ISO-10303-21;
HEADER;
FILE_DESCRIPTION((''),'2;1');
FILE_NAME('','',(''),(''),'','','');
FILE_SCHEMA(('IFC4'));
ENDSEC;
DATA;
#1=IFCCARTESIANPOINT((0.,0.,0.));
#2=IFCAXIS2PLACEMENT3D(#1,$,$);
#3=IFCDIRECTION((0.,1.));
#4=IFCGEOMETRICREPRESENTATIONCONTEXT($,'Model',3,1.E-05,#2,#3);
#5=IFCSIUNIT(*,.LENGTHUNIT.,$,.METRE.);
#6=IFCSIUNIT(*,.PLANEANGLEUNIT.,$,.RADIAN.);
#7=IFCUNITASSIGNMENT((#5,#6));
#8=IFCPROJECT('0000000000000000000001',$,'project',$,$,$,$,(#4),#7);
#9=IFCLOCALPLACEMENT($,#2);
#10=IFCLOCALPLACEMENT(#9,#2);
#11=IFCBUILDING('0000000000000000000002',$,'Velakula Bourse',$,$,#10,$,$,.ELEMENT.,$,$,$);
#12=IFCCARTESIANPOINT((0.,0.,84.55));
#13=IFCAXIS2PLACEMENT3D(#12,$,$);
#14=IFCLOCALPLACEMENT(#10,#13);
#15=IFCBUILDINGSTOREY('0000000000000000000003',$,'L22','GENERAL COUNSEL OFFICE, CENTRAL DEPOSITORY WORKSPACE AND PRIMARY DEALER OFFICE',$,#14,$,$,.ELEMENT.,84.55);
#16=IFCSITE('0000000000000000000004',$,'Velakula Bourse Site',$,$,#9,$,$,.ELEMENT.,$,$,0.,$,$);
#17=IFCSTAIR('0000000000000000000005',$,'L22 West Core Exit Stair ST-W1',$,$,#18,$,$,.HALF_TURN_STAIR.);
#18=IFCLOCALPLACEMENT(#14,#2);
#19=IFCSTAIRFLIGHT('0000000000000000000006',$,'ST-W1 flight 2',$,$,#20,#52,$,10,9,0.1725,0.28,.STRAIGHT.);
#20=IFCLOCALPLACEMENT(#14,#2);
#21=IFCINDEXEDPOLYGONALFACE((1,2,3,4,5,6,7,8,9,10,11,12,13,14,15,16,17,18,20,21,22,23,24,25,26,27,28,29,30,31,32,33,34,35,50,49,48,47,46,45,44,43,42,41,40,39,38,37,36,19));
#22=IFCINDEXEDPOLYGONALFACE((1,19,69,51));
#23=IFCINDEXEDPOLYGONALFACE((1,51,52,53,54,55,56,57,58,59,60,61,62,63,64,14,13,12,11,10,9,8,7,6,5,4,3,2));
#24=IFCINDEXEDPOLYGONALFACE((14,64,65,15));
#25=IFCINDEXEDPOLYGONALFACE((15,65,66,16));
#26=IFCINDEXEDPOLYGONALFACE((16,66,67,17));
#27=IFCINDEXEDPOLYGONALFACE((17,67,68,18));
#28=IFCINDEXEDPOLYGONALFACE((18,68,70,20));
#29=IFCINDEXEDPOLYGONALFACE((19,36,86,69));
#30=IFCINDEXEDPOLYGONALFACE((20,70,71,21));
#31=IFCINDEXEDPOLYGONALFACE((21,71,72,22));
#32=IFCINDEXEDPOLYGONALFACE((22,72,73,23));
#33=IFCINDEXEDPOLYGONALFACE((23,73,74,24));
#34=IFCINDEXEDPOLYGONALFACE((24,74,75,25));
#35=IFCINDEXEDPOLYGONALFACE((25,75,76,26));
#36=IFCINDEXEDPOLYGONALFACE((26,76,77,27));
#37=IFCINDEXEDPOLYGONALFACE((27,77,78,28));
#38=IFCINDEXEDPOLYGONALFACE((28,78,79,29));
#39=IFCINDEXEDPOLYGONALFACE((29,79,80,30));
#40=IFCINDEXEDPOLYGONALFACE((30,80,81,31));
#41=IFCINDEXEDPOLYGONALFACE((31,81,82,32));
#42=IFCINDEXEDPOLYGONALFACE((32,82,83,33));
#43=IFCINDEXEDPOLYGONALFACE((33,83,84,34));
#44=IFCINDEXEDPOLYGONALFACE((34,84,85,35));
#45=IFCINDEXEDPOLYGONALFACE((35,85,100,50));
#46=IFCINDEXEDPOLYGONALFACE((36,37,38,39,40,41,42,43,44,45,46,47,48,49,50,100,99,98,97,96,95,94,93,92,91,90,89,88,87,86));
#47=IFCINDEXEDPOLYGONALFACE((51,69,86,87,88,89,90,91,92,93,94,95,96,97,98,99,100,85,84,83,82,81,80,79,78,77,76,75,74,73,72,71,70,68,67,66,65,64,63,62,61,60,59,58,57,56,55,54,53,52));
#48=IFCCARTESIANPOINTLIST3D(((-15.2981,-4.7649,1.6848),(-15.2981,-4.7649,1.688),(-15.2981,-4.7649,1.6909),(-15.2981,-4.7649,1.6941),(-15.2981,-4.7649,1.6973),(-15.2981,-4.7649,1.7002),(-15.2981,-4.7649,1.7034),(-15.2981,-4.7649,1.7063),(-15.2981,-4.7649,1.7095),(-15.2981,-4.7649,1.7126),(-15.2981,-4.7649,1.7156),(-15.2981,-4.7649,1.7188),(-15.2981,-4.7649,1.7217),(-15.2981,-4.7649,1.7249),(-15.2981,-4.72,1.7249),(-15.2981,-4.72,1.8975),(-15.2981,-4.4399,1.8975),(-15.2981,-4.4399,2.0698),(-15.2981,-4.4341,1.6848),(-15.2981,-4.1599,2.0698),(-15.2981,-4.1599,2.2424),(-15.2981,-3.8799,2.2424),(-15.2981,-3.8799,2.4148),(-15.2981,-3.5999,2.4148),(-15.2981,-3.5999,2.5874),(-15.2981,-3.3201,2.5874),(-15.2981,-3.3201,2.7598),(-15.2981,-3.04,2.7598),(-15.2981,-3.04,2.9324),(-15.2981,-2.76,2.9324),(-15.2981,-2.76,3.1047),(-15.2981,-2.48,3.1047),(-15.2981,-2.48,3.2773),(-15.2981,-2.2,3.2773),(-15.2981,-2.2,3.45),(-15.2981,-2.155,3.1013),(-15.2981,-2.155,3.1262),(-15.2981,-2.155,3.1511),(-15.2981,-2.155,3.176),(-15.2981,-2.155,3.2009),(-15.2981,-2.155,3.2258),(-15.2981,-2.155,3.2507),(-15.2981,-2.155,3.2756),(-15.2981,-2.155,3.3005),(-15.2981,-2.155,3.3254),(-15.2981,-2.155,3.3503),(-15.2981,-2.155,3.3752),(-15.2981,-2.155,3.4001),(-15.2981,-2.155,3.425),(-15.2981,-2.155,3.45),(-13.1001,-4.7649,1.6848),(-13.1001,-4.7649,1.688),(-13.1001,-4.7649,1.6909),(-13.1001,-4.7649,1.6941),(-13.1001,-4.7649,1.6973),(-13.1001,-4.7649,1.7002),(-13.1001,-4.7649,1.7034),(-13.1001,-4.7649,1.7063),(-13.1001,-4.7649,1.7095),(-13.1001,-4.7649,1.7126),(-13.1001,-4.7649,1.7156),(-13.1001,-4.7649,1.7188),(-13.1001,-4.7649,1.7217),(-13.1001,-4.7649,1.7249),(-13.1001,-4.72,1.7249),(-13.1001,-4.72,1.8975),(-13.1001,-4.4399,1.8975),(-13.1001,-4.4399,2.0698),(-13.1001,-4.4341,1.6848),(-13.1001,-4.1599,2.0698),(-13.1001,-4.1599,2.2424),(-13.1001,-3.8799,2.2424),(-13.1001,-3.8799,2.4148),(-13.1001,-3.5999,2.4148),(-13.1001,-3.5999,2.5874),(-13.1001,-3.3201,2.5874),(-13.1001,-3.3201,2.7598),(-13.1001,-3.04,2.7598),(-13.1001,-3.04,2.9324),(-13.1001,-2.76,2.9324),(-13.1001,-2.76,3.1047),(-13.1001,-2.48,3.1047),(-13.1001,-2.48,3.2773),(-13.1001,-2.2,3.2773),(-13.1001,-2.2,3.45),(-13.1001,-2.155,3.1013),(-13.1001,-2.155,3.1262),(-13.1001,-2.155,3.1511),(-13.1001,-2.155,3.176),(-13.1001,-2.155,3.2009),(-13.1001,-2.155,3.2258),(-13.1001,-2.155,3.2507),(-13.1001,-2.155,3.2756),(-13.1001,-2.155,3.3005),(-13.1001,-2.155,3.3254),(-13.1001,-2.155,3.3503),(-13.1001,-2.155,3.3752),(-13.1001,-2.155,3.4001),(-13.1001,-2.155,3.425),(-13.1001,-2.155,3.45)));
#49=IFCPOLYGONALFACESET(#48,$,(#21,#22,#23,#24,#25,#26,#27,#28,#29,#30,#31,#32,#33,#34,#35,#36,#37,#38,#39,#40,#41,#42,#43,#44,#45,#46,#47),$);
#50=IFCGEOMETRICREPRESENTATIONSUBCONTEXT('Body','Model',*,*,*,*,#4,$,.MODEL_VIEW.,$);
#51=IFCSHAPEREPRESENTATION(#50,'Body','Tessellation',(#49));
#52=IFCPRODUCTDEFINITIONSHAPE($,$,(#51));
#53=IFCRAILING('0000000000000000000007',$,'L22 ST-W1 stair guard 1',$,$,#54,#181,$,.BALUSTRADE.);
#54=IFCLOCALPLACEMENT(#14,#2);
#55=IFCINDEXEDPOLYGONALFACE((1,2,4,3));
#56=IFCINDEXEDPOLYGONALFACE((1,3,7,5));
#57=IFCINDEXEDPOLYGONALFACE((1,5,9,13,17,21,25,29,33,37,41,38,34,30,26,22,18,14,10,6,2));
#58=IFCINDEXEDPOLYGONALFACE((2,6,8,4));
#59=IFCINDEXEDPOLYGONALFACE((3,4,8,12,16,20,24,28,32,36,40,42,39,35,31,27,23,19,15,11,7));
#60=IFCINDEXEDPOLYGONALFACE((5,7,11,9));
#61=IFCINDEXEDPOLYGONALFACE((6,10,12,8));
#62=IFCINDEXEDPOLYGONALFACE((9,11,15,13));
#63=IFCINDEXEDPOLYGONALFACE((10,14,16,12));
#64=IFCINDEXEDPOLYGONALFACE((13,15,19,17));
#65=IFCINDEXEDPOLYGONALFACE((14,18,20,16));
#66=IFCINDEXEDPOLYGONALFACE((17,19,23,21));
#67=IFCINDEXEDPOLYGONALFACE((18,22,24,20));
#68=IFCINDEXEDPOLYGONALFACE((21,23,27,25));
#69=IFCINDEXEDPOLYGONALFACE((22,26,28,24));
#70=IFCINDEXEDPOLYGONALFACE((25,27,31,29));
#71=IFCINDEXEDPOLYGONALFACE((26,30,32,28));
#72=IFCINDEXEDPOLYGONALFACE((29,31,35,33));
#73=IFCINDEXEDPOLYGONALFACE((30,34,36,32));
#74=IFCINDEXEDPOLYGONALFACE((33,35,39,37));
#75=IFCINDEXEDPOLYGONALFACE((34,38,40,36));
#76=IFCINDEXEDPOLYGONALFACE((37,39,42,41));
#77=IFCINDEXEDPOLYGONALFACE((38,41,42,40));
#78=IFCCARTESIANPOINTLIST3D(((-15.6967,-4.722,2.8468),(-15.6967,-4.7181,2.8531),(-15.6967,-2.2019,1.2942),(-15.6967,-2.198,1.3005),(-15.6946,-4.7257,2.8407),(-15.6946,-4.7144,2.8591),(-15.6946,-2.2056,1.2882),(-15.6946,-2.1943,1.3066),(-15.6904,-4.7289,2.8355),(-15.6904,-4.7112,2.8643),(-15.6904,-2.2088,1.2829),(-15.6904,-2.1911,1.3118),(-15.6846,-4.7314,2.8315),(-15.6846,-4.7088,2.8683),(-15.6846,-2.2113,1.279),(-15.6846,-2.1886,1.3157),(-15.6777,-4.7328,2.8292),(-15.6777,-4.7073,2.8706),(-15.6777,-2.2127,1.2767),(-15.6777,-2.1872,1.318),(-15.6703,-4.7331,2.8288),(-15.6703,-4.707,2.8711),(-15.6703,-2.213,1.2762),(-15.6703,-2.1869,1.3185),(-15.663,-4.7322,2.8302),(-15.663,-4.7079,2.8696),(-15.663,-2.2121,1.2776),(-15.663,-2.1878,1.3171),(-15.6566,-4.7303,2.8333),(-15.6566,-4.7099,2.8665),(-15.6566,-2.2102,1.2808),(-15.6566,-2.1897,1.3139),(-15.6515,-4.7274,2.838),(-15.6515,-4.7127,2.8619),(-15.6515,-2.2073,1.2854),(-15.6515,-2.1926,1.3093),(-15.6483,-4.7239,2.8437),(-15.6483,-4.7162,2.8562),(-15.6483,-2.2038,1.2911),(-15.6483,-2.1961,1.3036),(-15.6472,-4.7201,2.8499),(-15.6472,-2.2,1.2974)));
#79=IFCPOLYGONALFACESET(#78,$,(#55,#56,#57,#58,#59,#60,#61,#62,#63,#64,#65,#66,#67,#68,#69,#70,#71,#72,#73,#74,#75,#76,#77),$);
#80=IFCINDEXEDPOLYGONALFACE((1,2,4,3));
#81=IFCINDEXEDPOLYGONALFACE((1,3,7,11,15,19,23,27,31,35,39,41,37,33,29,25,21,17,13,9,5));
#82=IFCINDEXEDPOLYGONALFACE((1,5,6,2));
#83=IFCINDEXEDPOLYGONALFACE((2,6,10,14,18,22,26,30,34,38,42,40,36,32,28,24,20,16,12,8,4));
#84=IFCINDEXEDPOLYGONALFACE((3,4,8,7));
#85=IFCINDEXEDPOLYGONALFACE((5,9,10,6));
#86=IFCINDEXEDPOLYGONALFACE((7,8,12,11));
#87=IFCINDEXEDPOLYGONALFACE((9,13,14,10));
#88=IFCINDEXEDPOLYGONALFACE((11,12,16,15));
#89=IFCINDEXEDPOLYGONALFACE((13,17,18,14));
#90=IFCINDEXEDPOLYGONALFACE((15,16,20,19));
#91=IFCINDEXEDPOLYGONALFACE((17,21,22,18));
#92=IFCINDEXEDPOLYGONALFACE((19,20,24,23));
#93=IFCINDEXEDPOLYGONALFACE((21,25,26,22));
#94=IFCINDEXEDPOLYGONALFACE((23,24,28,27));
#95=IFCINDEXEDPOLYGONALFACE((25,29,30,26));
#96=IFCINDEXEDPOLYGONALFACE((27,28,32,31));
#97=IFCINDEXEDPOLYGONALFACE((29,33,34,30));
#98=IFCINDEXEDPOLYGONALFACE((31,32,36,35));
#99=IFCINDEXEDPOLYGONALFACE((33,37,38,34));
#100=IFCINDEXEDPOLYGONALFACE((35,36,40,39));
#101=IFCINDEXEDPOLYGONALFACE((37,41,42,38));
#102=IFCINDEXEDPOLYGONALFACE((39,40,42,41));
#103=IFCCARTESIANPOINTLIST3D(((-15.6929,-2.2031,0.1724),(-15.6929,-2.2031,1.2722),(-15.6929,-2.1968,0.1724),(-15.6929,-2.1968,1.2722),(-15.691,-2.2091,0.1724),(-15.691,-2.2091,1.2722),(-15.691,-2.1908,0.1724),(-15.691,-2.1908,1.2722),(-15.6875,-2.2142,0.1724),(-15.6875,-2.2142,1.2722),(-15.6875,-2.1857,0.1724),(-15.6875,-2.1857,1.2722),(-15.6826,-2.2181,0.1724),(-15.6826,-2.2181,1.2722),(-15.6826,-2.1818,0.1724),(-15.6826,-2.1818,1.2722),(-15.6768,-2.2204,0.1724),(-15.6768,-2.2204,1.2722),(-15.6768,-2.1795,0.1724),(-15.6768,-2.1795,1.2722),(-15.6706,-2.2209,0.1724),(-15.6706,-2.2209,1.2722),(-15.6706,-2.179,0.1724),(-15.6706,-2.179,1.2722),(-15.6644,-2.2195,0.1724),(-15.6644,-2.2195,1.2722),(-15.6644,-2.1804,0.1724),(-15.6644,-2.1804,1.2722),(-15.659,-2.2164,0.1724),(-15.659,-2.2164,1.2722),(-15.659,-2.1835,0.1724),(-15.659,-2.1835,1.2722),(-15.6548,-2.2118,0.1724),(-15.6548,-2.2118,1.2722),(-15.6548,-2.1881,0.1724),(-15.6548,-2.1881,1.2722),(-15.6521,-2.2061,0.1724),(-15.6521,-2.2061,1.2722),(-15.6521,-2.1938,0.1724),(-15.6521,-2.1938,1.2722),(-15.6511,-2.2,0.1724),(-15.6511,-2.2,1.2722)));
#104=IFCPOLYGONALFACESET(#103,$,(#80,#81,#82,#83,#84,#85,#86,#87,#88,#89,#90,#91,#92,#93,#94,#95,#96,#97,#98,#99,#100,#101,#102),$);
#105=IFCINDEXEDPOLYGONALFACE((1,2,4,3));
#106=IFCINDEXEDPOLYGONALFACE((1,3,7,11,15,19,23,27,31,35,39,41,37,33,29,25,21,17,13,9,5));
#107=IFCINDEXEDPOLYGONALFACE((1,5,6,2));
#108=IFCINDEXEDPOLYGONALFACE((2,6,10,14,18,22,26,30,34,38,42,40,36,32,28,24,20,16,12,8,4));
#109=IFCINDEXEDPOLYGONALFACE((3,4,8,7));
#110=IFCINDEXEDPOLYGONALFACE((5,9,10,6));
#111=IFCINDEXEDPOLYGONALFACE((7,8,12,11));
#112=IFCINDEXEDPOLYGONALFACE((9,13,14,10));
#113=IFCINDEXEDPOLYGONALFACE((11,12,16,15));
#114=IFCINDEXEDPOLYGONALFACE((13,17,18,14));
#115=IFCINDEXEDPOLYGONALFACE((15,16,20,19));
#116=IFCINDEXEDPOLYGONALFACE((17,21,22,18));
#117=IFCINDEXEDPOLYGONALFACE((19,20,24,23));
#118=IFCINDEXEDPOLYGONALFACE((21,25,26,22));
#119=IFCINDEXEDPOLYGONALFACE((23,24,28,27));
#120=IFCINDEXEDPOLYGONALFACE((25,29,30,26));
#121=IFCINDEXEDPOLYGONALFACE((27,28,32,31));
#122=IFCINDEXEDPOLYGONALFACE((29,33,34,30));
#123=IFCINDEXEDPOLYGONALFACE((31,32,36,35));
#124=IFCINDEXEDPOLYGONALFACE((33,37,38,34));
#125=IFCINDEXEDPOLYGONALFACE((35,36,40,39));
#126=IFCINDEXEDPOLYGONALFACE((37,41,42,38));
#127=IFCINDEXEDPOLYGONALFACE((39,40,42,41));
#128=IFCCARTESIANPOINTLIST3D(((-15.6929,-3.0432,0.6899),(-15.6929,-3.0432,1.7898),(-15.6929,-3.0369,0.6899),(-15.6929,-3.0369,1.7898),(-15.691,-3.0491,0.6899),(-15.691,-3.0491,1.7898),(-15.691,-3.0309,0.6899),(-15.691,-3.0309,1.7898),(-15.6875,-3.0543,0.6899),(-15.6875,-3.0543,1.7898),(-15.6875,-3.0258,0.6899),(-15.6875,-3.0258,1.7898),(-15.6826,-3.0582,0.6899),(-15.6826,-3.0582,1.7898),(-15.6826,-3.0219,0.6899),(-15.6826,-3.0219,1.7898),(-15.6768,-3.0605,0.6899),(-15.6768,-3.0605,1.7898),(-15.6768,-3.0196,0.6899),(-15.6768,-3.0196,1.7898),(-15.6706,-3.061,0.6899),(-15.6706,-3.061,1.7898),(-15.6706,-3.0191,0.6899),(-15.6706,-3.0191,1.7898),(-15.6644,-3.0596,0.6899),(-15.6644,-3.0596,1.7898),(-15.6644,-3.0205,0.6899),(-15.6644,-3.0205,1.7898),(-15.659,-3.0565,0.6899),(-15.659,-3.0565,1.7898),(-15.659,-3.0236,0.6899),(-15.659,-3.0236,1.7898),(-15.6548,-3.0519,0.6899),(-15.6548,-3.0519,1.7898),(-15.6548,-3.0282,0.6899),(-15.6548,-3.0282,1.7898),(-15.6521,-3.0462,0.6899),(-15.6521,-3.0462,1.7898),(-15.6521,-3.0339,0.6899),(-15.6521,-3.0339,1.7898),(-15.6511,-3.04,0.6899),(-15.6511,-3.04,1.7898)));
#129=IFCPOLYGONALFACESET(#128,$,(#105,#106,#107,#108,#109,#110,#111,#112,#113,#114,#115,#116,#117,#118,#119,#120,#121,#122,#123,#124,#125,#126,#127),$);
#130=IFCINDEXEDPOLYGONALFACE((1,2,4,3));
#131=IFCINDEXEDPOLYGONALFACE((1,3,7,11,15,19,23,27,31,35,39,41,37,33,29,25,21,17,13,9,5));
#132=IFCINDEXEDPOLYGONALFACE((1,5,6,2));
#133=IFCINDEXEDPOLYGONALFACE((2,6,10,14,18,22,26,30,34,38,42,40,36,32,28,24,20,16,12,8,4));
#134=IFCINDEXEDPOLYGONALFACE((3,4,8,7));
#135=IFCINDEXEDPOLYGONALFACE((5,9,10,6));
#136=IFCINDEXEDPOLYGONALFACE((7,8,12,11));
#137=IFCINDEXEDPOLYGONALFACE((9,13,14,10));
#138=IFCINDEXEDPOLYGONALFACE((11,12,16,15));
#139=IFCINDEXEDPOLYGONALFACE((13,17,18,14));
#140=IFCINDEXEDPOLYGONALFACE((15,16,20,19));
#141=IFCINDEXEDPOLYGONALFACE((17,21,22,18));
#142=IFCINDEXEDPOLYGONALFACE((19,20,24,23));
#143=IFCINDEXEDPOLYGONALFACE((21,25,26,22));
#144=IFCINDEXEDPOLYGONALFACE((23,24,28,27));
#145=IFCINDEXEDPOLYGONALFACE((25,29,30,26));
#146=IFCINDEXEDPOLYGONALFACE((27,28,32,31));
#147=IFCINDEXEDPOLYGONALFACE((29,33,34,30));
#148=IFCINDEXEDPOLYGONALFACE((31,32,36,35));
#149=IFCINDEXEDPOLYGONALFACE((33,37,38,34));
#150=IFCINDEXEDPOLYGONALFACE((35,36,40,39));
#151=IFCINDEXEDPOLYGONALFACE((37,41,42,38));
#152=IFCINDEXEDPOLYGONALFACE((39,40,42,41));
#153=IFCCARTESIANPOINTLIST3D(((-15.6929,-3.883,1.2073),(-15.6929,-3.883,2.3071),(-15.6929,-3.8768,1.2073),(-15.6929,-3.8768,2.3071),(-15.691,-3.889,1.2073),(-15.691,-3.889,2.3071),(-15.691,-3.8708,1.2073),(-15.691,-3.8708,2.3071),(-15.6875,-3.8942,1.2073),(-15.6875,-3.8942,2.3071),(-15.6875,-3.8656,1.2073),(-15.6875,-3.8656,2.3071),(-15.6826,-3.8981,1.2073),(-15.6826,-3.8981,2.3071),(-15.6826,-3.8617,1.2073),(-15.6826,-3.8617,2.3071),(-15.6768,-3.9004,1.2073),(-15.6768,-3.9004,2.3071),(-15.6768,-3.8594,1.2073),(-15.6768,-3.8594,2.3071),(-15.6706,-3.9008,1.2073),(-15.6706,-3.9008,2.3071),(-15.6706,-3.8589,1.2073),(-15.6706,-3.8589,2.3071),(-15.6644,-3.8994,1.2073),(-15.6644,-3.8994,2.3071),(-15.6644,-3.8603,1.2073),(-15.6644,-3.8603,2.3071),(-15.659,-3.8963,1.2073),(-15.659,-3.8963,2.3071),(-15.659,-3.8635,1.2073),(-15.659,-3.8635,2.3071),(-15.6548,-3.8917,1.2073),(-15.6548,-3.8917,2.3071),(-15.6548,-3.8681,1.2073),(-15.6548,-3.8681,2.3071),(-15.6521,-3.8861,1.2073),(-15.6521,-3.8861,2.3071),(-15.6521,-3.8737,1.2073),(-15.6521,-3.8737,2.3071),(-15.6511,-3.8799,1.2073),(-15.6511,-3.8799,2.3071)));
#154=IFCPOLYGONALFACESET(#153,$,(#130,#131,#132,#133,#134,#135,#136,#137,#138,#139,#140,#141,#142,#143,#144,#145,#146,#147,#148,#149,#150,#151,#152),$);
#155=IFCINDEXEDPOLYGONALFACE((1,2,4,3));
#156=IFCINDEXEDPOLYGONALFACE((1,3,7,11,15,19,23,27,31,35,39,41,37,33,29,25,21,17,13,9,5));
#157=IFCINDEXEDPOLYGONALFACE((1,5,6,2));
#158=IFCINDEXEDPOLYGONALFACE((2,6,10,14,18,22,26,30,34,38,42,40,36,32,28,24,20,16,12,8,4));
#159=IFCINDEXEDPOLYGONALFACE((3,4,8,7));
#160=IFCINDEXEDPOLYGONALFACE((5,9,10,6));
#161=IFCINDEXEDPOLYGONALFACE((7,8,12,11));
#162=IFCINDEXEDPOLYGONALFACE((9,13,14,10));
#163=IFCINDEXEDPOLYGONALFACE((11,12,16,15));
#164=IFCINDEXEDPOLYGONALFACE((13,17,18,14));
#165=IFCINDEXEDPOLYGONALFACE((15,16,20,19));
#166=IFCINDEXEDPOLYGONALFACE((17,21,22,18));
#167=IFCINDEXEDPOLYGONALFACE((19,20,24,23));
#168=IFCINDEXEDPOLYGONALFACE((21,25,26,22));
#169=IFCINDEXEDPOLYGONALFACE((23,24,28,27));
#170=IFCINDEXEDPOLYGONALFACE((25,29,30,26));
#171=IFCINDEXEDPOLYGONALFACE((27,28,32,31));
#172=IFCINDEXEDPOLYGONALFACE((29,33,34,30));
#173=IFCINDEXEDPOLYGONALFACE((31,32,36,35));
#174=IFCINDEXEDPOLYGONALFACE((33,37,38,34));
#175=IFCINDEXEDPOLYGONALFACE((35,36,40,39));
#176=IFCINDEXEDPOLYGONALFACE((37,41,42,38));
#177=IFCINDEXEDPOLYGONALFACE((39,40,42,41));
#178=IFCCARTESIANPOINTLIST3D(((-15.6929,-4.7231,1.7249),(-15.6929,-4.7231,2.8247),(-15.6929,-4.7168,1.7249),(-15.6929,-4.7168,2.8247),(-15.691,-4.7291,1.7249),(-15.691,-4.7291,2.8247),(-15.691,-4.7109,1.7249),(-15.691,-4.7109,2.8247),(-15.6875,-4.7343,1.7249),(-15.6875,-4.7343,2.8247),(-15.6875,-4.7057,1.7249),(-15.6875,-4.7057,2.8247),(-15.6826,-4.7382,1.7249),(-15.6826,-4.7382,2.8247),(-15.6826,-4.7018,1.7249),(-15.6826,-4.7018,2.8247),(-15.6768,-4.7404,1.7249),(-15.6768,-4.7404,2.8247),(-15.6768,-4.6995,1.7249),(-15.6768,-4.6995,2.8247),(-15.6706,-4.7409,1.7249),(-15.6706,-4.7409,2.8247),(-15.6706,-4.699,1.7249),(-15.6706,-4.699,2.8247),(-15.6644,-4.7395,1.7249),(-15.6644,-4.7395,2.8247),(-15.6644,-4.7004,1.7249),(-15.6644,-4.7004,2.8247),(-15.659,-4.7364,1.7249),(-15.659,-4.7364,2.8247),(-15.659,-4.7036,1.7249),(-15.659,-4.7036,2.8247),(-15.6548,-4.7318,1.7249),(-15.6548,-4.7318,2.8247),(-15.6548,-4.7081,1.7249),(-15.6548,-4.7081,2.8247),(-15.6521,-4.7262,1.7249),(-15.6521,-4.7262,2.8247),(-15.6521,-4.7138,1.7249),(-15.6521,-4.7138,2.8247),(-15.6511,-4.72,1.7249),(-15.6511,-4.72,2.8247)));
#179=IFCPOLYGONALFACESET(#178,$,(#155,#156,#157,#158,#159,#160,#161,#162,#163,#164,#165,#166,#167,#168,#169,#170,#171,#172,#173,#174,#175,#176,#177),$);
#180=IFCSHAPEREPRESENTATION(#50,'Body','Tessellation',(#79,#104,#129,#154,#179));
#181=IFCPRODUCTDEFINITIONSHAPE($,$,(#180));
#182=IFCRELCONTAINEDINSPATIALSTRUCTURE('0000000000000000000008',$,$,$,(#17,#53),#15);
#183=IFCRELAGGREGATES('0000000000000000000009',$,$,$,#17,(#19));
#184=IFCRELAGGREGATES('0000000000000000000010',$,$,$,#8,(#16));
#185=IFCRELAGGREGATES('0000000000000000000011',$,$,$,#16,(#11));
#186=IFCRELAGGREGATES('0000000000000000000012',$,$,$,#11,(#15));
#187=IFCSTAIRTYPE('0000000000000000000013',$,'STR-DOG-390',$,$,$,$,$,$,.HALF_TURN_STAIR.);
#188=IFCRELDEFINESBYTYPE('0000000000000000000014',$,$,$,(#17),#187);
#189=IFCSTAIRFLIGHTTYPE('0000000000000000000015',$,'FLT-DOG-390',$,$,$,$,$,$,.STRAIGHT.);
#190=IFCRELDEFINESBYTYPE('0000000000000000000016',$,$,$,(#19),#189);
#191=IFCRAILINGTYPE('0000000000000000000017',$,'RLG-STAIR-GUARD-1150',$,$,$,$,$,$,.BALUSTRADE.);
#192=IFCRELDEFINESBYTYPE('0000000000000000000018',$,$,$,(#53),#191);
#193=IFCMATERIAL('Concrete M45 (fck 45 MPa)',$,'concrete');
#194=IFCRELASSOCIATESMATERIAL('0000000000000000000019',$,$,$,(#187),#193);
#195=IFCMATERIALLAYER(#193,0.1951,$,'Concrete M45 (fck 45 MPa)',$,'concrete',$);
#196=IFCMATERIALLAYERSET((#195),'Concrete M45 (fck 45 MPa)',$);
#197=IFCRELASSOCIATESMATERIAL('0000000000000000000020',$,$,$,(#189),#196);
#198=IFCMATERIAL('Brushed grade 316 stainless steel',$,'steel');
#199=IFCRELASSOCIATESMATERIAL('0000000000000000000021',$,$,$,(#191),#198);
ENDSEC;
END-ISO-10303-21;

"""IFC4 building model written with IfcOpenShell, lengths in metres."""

from ifc_helpers import new_model, si_unit, direction, frame, origin, origin_2d, place, context, subcontext, project, spatial, polyline, circle, outline, extrude, material, layer, layer_set, type_object, element, aggregate, save


model = new_model("IFC4")

# Units and contexts
model_context = context("Model", 3, precision=1e-05, world=origin(), true_north=direction((0.0, 1.0)))
body_context = subcontext(model_context, "Body", "Model", "MODEL_VIEW")
ifc_project = project(units=[si_unit("LENGTHUNIT", "METRE"), si_unit("PLANEANGLEUNIT", "RADIAN")], contexts=[model_context])

# Site, building, storey
site_placement = place(None, origin())
site = spatial("IfcSite", under=ifc_project, at=site_placement, Name="Velakula Bourse Site", CompositionType="ELEMENT", RefElevation=0.0)
building_placement = place(site_placement, origin())
building = spatial("IfcBuilding", under=site, at=building_placement, Name="Velakula Bourse", CompositionType="ELEMENT")
storey_placement = place(building_placement, frame((0.0, 0.0, 84.55)))
storey = spatial("IfcBuildingStorey", under=building, at=storey_placement, Name="L22", Description="GENERAL COUNSEL OFFICE, CENTRAL DEPOSITORY WORKSPACE AND PRIMARY DEALER OFFICE", CompositionType="ELEMENT", Elevation=84.55)

# Shared definitions
ifc_material_1 = material(Name="Brushed grade 316 stainless steel", Category="steel")

# Stair, stair flight
ifc_material_2 = material(Name="Concrete M45 (fck 45 MPa)", Category="concrete")
stair_type = type_object("IfcStairType", Name="STR-DOG-390", PredefinedType="HALF_TURN_STAIR", material=ifc_material_2)
stair_placement = place(storey_placement, origin())
stair = element("IfcStair", 1, at=stair_placement, inside=storey, type_object=stair_type, Name="L22 West Core Exit Stair ST-W1", PredefinedType="HALF_TURN_STAIR")
ifc_layer_1 = layer(ifc_material_2, 0.1951, Name="Concrete M45 (fck 45 MPa)", Category="concrete")
ifc_layer_set_1 = layer_set([ifc_layer_1], Name="Concrete M45 (fck 45 MPa)")
stair_flight_type = type_object("IfcStairFlightType", Name="FLT-DOG-390", PredefinedType="STRAIGHT", material=ifc_layer_set_1)
stair_flight_1_placement = place(storey_placement, frame((-14.199, -4.72, 1.7249), z_axis=(0.0, 0.0, 1.0), x_axis=(0.0, 1.0, 0.0)))
stair_flight_1 = element("IfcStairFlight", 2, at=stair_flight_1_placement, type_object=stair_flight_type, Name="ST-W1 flight 2", NumberOfRisers=10, NumberOfTreads=9, PredefinedType="STRAIGHT", RiserHeight=0.1725, TreadLength=0.28, context=body_context, shape_type="SweptSolid", body=[
    extrude(outline(polyline([(-0.0449, -0.04), (-0.0449, -0.0369), (-0.0449, -0.0339), (-0.0449, -0.0308), (-0.0449, -0.0276), (-0.0449, -0.0247), (-0.0449, -0.0215), (-0.0449, -0.0186), (-0.0449, -0.0154), (-0.0449, -0.0122), (-0.0449, -0.0093), (-0.0449, -0.0061), (-0.0449, -0.0032), (-0.0449, 0.0), (0.0, 0.0), (0.0, 0.1726), (0.28, 0.1726), (0.28, 0.345), (0.5601, 0.345), (0.5601, 0.5176), (0.8401, 0.5176), (0.8401, 0.6899), (1.1201, 0.6899), (1.1201, 0.8625), (1.3999, 0.8625), (1.3999, 1.0349), (1.6799, 1.0349), (1.6799, 1.2075), (1.96, 1.2075), (1.96, 1.3799), (2.24, 1.3799), (2.24, 1.5525), (2.52, 1.5525), (2.52, 1.7251), (2.5649, 1.7251), (2.5649, 1.7002), (2.5649, 1.6753), (2.5649, 1.6504), (2.5649, 1.6255), (2.5649, 1.6006), (2.5649, 1.5757), (2.5649, 1.5508), (2.5649, 1.5259), (2.5649, 1.501), (2.5649, 1.4761), (2.5649, 1.4512), (2.5649, 1.4263), (2.5649, 1.4014), (2.5649, 1.3765), (0.2859, -0.04), (-0.0449, -0.04)])), frame((0.0, 1.0991, 0.0), z_axis=(0.0, -1.0, 0.0), x_axis=(1.0, 0.0, 0.0)), (0.0, 0.0, 1.0), 2.198),
])
aggregate(stair, [stair_flight_1])

# Railing
railing_type_1 = type_object("IfcRailingType", Name="RLG-STAIR-GUARD-1150", PredefinedType="BALUSTRADE", material=ifc_material_1)
railing_1_placement = place(storey_placement, frame((-15.6721, -2.2, 0.1724)))
element("IfcRailing", 3, at=railing_1_placement, inside=storey, type_object=railing_type_1, Name="L22 ST-W1 stair guard 1", PredefinedType="BALUSTRADE", context=body_context, shape_type="SweptSolid", body=[
    extrude(circle(Radius=0.0249, at=origin_2d()), frame((0.0, 0.0, 1.125), z_axis=(0.0, -0.8514, 0.524516), x_axis=(1.0, 0.0, 0.0)), (0.0, 0.0, 1.0), 2.96),
    extrude(circle(Radius=0.021, at=origin_2d()), origin(), (0.0, 0.0, 1.0), 1.0999),
    extrude(circle(Radius=0.021, at=origin_2d()), frame((0.0, -0.8401, 0.5176)), (0.0, 0.0, 1.0), 1.0999),
    extrude(circle(Radius=0.021, at=origin_2d()), frame((0.0, -1.6799, 1.0349)), (0.0, 0.0, 1.0), 1.0999),
    extrude(circle(Radius=0.021, at=origin_2d()), frame((0.0, -2.52, 1.5525)), (0.0, 0.0, 1.0), 1.0999),
])

save(model, "model.ifc")
